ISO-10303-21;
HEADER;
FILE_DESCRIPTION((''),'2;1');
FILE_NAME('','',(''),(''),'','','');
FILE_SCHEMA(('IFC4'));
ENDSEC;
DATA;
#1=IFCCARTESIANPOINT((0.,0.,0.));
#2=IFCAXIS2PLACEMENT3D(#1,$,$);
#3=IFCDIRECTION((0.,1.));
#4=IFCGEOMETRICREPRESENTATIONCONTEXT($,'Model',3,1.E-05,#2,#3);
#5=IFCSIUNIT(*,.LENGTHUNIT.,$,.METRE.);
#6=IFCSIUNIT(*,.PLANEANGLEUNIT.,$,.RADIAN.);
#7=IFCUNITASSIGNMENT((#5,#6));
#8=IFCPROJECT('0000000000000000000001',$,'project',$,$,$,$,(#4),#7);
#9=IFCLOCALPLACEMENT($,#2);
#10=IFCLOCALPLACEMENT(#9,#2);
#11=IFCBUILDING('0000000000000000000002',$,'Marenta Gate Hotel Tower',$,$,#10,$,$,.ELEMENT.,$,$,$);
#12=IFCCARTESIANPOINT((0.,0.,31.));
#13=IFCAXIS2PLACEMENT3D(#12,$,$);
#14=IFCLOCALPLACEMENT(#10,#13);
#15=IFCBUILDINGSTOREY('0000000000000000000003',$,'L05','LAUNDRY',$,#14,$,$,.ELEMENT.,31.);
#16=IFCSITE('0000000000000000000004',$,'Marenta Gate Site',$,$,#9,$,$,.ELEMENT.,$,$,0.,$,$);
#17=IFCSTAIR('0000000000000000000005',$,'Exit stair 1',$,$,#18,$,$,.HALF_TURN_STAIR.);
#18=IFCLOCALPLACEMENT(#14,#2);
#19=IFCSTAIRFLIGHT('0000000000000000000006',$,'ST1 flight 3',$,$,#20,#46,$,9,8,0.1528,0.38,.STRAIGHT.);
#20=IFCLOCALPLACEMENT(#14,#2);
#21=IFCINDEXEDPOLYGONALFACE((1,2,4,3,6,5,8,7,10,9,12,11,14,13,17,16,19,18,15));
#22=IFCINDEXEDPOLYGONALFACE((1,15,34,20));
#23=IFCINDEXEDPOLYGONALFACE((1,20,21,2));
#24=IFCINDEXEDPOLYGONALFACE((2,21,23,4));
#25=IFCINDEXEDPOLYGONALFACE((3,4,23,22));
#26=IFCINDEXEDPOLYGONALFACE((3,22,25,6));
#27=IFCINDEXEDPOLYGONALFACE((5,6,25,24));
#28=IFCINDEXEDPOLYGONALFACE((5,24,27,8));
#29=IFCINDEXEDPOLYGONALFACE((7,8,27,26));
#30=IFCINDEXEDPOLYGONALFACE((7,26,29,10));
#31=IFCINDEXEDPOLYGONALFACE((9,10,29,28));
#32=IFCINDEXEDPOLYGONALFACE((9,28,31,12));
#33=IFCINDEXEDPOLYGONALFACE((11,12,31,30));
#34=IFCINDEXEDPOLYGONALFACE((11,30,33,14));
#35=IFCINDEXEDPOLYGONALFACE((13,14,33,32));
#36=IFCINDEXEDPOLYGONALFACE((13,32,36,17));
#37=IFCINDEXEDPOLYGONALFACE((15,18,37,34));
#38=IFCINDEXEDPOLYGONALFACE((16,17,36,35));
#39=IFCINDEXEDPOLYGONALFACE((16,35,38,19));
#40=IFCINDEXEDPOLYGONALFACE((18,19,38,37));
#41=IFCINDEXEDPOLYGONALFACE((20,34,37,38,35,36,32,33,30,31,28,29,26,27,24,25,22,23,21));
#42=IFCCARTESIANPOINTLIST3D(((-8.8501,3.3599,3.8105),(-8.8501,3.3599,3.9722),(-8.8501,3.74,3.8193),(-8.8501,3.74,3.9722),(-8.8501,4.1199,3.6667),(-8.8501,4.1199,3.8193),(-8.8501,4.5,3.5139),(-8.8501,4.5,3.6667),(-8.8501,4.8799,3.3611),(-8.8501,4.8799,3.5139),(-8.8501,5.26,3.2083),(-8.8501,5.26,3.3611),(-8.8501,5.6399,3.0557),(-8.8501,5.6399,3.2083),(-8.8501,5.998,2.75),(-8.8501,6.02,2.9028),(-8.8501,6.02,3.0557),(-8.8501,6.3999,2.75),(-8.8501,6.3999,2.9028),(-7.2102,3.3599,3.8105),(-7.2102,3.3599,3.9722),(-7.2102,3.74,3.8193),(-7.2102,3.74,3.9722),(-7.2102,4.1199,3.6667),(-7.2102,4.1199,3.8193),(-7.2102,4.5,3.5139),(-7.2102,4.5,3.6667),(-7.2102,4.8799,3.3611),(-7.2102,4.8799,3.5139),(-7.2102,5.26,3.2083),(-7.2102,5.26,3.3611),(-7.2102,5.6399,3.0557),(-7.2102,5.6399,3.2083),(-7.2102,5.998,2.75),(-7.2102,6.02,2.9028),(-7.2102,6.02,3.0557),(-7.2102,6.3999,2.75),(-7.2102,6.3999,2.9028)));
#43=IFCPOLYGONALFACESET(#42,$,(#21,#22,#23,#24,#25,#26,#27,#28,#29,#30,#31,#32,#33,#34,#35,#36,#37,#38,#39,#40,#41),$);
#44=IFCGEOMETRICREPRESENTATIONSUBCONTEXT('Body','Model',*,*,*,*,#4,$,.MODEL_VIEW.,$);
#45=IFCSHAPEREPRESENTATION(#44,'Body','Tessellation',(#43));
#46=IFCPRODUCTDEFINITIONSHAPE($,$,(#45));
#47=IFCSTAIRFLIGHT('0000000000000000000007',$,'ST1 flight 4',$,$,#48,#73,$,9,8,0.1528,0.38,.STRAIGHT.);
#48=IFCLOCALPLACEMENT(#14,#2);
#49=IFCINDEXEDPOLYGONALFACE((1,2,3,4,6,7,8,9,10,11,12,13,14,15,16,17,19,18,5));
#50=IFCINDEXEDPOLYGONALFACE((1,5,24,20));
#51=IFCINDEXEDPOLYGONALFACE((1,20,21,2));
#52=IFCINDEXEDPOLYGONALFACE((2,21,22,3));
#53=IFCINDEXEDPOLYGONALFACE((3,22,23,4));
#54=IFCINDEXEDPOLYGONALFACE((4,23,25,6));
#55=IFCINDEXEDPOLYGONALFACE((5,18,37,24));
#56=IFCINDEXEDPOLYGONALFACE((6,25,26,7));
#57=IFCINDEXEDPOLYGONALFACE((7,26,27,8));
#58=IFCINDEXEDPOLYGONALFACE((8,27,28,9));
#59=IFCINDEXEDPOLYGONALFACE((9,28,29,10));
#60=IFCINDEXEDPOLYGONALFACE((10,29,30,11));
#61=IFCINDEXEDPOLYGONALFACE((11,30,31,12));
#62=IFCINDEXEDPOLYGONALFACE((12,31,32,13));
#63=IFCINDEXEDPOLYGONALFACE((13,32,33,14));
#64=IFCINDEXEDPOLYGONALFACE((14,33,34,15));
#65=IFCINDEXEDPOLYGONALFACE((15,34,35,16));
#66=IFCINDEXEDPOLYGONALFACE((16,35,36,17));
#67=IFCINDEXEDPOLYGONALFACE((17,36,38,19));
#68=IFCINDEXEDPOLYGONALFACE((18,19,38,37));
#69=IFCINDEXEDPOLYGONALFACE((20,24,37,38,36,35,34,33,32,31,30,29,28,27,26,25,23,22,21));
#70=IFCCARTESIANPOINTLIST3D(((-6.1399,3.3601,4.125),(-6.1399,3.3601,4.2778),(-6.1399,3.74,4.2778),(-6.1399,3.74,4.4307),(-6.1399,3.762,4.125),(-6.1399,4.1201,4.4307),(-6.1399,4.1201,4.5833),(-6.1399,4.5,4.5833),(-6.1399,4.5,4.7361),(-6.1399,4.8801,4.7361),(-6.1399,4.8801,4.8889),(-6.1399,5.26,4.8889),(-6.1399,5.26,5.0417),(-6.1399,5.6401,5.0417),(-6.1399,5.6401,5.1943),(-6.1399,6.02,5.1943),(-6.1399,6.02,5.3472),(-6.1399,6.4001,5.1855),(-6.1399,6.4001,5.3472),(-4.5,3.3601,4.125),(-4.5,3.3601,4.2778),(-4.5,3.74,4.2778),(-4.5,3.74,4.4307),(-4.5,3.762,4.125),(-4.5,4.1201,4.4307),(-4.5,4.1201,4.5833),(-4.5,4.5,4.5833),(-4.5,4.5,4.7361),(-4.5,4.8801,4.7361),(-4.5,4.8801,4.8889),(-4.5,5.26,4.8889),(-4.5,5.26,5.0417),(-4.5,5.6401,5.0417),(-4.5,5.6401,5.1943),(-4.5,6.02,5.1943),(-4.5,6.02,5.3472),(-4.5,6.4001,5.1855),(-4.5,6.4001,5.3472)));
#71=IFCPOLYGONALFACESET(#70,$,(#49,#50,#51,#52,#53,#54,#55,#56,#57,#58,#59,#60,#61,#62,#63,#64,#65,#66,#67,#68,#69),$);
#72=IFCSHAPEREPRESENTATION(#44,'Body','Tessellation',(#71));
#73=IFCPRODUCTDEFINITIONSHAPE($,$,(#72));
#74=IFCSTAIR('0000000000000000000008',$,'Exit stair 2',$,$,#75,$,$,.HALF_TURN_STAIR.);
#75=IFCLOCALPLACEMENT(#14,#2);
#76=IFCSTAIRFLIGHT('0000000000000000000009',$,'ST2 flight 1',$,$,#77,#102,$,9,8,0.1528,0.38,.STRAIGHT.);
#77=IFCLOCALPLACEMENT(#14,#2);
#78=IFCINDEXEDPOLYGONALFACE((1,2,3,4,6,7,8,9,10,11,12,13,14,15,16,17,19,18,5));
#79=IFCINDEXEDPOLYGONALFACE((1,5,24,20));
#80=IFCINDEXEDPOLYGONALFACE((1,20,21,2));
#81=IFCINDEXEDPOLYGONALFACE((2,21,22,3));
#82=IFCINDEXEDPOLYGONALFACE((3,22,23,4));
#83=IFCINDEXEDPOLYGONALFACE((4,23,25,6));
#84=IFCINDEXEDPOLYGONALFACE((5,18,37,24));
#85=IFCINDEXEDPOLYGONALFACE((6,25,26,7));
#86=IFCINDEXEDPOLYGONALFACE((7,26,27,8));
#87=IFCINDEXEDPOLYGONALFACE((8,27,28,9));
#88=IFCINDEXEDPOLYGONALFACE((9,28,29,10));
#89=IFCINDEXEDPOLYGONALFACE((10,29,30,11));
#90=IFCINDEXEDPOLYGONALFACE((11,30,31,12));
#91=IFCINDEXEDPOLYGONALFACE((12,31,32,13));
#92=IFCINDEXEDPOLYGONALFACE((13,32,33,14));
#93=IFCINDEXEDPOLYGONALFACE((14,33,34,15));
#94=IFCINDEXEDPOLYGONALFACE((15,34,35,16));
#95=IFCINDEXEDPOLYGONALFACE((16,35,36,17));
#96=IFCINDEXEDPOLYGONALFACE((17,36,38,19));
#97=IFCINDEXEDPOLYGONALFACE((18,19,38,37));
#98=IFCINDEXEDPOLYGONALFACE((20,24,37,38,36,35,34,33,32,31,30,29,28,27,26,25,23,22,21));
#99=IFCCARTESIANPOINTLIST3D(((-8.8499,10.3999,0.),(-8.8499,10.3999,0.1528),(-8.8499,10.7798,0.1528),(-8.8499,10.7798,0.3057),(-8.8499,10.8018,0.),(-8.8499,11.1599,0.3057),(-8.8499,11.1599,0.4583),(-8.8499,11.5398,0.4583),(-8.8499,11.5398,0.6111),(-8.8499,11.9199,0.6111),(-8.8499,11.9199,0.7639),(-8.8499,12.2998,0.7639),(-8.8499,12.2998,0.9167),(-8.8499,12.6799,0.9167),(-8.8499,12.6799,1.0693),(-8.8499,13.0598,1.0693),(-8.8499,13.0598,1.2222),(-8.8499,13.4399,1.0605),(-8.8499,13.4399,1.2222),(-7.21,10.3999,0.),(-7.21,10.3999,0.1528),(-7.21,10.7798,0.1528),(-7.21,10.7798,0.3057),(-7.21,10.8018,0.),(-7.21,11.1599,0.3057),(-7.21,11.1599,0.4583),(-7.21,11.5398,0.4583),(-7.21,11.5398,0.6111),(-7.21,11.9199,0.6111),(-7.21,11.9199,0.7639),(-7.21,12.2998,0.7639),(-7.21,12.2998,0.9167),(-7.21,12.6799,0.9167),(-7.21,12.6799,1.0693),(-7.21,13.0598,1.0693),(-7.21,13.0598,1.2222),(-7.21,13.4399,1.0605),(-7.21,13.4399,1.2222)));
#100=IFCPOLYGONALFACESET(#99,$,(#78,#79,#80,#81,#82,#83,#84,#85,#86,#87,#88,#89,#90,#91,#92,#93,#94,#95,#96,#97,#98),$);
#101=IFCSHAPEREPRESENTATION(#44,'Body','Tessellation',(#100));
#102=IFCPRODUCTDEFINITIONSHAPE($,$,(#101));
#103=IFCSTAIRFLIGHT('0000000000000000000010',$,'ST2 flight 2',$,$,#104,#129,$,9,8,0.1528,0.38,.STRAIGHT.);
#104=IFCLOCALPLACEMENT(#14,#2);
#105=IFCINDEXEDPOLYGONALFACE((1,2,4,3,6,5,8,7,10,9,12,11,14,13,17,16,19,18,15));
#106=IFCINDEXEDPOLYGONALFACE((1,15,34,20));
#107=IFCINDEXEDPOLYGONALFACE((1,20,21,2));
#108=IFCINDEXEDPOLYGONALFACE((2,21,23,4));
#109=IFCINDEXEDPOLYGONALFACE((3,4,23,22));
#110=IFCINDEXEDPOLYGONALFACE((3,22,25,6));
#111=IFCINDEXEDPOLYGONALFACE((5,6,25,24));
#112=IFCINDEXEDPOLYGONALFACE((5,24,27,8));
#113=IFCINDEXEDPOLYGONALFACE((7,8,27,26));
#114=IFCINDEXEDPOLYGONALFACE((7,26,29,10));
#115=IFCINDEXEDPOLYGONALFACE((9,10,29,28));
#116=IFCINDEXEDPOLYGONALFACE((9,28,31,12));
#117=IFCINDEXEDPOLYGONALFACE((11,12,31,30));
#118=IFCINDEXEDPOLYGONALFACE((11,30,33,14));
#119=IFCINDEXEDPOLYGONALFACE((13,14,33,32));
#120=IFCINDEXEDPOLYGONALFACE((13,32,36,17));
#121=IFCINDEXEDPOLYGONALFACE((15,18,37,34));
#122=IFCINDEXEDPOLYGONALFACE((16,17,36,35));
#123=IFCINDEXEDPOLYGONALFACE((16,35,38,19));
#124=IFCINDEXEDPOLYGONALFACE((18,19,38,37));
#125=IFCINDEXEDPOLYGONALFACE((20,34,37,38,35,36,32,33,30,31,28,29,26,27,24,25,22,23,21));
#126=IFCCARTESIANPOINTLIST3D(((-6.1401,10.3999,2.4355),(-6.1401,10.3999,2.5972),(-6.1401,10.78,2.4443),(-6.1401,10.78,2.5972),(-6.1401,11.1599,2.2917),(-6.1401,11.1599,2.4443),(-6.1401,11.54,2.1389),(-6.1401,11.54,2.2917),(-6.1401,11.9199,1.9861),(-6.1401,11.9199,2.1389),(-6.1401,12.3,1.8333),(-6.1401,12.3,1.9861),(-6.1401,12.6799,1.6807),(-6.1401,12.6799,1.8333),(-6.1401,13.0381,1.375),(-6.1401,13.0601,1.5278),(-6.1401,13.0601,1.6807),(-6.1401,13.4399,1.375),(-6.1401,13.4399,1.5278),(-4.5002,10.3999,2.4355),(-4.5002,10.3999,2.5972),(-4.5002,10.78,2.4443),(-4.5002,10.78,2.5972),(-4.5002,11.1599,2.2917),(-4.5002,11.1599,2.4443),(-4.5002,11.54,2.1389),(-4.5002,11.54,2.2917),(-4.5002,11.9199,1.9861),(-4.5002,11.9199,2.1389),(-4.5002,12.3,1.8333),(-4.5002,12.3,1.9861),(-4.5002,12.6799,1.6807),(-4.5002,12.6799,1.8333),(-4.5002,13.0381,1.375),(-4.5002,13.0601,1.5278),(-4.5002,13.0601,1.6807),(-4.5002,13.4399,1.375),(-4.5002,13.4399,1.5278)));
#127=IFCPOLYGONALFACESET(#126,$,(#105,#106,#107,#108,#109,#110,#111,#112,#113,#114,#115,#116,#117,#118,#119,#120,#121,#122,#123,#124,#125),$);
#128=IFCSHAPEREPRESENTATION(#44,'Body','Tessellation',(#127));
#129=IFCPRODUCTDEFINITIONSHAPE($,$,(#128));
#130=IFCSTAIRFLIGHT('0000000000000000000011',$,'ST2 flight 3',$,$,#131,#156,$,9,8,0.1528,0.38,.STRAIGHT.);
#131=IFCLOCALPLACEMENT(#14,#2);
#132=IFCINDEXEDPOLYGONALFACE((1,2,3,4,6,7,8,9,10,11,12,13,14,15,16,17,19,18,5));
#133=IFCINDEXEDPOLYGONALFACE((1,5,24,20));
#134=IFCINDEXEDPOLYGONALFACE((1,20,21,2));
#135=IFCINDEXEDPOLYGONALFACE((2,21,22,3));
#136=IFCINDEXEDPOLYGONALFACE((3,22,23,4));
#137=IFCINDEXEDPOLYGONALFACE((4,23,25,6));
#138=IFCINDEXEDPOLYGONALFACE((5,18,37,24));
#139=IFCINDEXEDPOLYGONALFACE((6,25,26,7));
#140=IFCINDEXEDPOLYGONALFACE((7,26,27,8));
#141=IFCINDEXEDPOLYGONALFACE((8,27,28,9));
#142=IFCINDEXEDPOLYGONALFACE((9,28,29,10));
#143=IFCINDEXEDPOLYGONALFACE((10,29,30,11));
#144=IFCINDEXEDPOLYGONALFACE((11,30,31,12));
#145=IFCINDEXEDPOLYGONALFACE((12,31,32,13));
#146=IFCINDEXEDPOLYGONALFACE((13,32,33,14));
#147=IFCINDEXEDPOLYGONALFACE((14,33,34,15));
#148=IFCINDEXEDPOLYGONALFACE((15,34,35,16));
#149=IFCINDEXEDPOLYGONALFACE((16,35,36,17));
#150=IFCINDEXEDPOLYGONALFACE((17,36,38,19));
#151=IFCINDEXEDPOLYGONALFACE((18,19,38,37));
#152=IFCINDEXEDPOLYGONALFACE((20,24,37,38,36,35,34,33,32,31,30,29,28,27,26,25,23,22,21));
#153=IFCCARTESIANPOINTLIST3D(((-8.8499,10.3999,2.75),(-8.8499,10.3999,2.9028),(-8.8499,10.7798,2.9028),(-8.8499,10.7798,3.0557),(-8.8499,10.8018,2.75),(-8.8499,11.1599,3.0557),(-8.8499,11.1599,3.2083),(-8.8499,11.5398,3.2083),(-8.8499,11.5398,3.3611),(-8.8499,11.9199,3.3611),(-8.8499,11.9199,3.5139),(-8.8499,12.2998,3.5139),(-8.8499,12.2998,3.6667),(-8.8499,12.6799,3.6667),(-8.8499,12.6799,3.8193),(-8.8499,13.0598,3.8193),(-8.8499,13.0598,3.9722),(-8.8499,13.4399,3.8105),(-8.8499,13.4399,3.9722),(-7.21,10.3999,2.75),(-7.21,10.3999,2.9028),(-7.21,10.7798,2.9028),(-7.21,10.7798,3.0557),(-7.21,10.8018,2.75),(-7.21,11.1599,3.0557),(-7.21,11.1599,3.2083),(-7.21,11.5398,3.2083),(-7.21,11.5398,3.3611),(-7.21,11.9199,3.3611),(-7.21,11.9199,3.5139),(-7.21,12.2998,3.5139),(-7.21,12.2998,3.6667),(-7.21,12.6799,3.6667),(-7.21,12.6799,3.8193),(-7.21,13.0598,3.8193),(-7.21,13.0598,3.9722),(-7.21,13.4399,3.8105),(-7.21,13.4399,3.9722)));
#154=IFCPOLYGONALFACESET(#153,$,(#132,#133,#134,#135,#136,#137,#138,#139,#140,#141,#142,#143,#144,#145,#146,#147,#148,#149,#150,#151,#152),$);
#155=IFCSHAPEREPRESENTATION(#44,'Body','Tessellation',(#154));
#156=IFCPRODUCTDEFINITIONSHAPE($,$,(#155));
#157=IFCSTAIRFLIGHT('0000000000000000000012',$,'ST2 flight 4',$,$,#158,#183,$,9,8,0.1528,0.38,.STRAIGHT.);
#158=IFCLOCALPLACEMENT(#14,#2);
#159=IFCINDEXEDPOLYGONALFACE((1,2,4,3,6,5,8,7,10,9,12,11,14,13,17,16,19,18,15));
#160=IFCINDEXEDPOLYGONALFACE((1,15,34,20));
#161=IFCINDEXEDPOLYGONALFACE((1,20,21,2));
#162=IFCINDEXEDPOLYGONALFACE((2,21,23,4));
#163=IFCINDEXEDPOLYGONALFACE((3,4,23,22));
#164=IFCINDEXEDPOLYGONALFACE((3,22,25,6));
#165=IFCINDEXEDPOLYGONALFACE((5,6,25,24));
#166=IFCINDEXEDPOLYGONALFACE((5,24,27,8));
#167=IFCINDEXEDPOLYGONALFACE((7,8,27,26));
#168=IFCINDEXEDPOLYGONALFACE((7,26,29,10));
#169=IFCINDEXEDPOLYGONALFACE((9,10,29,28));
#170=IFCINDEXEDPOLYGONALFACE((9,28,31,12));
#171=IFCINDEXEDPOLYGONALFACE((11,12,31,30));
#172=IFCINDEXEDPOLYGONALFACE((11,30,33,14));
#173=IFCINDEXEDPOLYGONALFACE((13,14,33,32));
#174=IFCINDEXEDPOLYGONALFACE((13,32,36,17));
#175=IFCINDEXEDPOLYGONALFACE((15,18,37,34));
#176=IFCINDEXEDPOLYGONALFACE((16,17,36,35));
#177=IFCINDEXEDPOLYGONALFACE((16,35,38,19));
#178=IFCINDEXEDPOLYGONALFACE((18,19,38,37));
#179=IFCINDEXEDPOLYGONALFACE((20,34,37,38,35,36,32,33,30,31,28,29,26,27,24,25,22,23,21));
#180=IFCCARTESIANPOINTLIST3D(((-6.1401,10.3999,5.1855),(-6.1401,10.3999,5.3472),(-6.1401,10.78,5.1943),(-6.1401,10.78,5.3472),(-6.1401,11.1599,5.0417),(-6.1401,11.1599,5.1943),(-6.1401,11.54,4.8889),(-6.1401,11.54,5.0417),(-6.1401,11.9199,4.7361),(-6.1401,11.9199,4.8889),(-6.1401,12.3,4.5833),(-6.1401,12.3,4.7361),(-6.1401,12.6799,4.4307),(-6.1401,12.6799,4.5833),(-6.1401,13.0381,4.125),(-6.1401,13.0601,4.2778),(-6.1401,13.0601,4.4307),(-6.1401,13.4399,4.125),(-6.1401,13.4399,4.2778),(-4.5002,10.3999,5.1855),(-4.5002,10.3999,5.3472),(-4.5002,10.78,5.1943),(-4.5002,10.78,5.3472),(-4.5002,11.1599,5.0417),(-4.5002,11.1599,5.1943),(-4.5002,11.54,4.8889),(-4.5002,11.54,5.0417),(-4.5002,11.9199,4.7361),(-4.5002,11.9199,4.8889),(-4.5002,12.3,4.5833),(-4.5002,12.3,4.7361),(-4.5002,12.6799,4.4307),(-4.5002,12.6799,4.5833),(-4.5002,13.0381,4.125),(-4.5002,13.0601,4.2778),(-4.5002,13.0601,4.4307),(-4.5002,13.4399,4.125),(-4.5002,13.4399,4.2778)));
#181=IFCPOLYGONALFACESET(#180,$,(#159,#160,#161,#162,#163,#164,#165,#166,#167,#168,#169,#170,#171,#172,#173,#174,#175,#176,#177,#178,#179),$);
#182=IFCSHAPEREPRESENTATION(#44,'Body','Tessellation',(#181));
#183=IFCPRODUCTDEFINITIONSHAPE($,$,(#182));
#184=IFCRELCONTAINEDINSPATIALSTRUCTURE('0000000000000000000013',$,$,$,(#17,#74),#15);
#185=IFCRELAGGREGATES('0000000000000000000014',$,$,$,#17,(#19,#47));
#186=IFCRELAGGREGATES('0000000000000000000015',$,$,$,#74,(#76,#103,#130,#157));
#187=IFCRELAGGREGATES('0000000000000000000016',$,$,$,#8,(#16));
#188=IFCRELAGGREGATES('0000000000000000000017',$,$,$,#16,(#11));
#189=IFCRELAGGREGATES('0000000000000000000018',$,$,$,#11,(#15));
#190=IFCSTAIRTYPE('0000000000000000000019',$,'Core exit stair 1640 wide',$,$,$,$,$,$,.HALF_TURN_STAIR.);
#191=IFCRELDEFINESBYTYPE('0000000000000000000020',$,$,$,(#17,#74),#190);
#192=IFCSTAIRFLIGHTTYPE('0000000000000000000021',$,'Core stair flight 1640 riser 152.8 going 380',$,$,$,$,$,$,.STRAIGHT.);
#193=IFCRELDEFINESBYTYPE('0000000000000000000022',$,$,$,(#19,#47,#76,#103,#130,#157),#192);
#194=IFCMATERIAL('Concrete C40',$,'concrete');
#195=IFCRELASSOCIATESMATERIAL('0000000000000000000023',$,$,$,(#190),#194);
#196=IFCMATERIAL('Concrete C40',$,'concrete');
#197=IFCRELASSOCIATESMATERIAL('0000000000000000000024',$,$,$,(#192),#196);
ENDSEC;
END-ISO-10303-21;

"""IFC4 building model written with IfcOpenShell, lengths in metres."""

from ifc_helpers import new_model, si_unit, direction, frame, origin, place, context, subcontext, project, spatial, polyline, outline, extrude, material, type_object, element, aggregate, save


model = new_model("IFC4")

# Units and contexts
model_context = context("Model", 3, precision=1e-05, world=origin(), true_north=direction((0.0, 1.0)))
body_context = subcontext(model_context, "Body", "Model", "MODEL_VIEW")
ifc_project = project(units=[si_unit("LENGTHUNIT", "METRE"), si_unit("PLANEANGLEUNIT", "RADIAN")], contexts=[model_context])

# Site, building, storey
site_placement = place(None, origin())
site = spatial("IfcSite", under=ifc_project, at=site_placement, Name="Marenta Gate Site", CompositionType="ELEMENT", RefElevation=0.0)
building_placement = place(site_placement, origin())
building = spatial("IfcBuilding", under=site, at=building_placement, Name="Marenta Gate Hotel Tower", CompositionType="ELEMENT")
storey_placement = place(building_placement, frame((0.0, 0.0, 31.0)))
storey = spatial("IfcBuildingStorey", under=building, at=storey_placement, Name="L05", Description="LAUNDRY", CompositionType="ELEMENT", Elevation=31.0)

# Stairs, stair flights
ifc_material_1 = material(Name="Concrete C40", Category="concrete")
stair_type = type_object("IfcStairType", Name="Core exit stair 1640 wide", PredefinedType="HALF_TURN_STAIR", material=ifc_material_1)
stair_1_placement = place(storey_placement, origin())
stair_1 = element("IfcStair", 1, at=stair_1_placement, inside=storey, type_object=stair_type, Name="Exit stair 1", PredefinedType="HALF_TURN_STAIR")
ifc_material_2 = material(Name="Concrete C40", Category="concrete")
stair_flight_type = type_object("IfcStairFlightType", Name="Core stair flight 1640 riser 152.8 going 380", PredefinedType="STRAIGHT", material=ifc_material_2)
stair_flight_1_placement = place(storey_placement, frame((-8.03, 6.3999, 2.75), z_axis=(0.0, 0.0, 1.0), x_axis=(0.0, -1.0, 0.0)))
stair_flight_1 = element("IfcStairFlight", 2, at=stair_flight_1_placement, type_object=stair_flight_type, Name="ST1 flight 3", NumberOfRisers=9, NumberOfTreads=8, PredefinedType="STRAIGHT", RiserHeight=0.1528, TreadLength=0.38, context=body_context, shape_type="SweptSolid", body=[
    extrude(outline(polyline([(0.0, 0.0), (0.0, 0.1528), (0.3799, 0.1528), (0.3799, 0.3057), (0.76, 0.3057), (0.76, 0.4583), (1.1399, 0.4583), (1.1399, 0.6111), (1.52, 0.6111), (1.52, 0.7639), (1.8999, 0.7639), (1.8999, 0.9167), (2.28, 0.9167), (2.28, 1.0693), (2.6599, 1.0693), (2.6599, 1.2222), (3.04, 1.2222), (3.04, 1.375), (3.04, 1.0605), (0.4019, 0.0), (0.0, 0.0)])), frame((0.0, 0.8198, 0.0), z_axis=(0.0, -1.0, 0.0), x_axis=(1.0, 0.0, 0.0)), (0.0, 0.0, 1.0), 1.6399),
])
stair_flight_2_placement = place(storey_placement, frame((-5.3201, 3.3601, 4.125), z_axis=(0.0, 0.0, 1.0), x_axis=(0.0, 1.0, 0.0)))
stair_flight_2 = element("IfcStairFlight", 3, at=stair_flight_2_placement, type_object=stair_flight_type, Name="ST1 flight 4", NumberOfRisers=9, NumberOfTreads=8, PredefinedType="STRAIGHT", RiserHeight=0.1528, TreadLength=0.38, context=body_context, shape_type="SweptSolid", body=[
    extrude(outline(polyline([(0.0, 0.0), (0.0, 0.1528), (0.3799, 0.1528), (0.3799, 0.3057), (0.76, 0.3057), (0.76, 0.4583), (1.1399, 0.4583), (1.1399, 0.6111), (1.52, 0.6111), (1.52, 0.7639), (1.8999, 0.7639), (1.8999, 0.9167), (2.28, 0.9167), (2.28, 1.0693), (2.6599, 1.0693), (2.6599, 1.2222), (3.04, 1.2222), (3.04, 1.375), (3.04, 1.0605), (0.4019, 0.0), (0.0, 0.0)])), frame((0.0, 0.8198, 0.0), z_axis=(0.0, -1.0, 0.0), x_axis=(1.0, 0.0, 0.0)), (0.0, 0.0, 1.0), 1.6399),
])
aggregate(stair_1, [stair_flight_1, stair_flight_2])
stair_2_placement = place(storey_placement, origin())
stair_2 = element("IfcStair", 4, at=stair_2_placement, inside=storey, type_object=stair_type, Name="Exit stair 2", PredefinedType="HALF_TURN_STAIR")
stair_flight_3_placement = place(storey_placement, frame((-8.03, 10.3999, 0.0), z_axis=(0.0, 0.0, 1.0), x_axis=(0.0, 1.0, 0.0)))
stair_flight_3 = element("IfcStairFlight", 5, at=stair_flight_3_placement, type_object=stair_flight_type, Name="ST2 flight 1", NumberOfRisers=9, NumberOfTreads=8, PredefinedType="STRAIGHT", RiserHeight=0.1528, TreadLength=0.38, context=body_context, shape_type="SweptSolid", body=[
    extrude(outline(polyline([(0.0, 0.0), (0.0, 0.1528), (0.3799, 0.1528), (0.3799, 0.3057), (0.76, 0.3057), (0.76, 0.4583), (1.1399, 0.4583), (1.1399, 0.6111), (1.52, 0.6111), (1.52, 0.7639), (1.8999, 0.7639), (1.8999, 0.9167), (2.28, 0.9167), (2.28, 1.0693), (2.6599, 1.0693), (2.6599, 1.2222), (3.04, 1.2222), (3.04, 1.375), (3.04, 1.0605), (0.4019, 0.0), (0.0, 0.0)])), frame((0.0, 0.8198, 0.0), z_axis=(0.0, -1.0, 0.0), x_axis=(1.0, 0.0, 0.0)), (0.0, 0.0, 1.0), 1.6399),
])
stair_flight_4_placement = place(storey_placement, frame((-5.3201, 13.4399, 1.375), z_axis=(0.0, 0.0, 1.0), x_axis=(0.0, -1.0, 0.0)))
stair_flight_4 = element("IfcStairFlight", 6, at=stair_flight_4_placement, type_object=stair_flight_type, Name="ST2 flight 2", NumberOfRisers=9, NumberOfTreads=8, PredefinedType="STRAIGHT", RiserHeight=0.1528, TreadLength=0.38, context=body_context, shape_type="SweptSolid", body=[
    extrude(outline(polyline([(0.0, 0.0), (0.0, 0.1528), (0.3799, 0.1528), (0.3799, 0.3057), (0.76, 0.3057), (0.76, 0.4583), (1.1399, 0.4583), (1.1399, 0.6111), (1.52, 0.6111), (1.52, 0.7639), (1.8999, 0.7639), (1.8999, 0.9167), (2.28, 0.9167), (2.28, 1.0693), (2.6599, 1.0693), (2.6599, 1.2222), (3.04, 1.2222), (3.04, 1.375), (3.04, 1.0605), (0.4019, 0.0), (0.0, 0.0)])), frame((0.0, 0.8198, 0.0), z_axis=(0.0, -1.0, 0.0), x_axis=(1.0, 0.0, 0.0)), (0.0, 0.0, 1.0), 1.6399),
])
stair_flight_5_placement = place(storey_placement, frame((-8.03, 10.3999, 2.75), z_axis=(0.0, 0.0, 1.0), x_axis=(0.0, 1.0, 0.0)))
stair_flight_5 = element("IfcStairFlight", 7, at=stair_flight_5_placement, type_object=stair_flight_type, Name="ST2 flight 3", NumberOfRisers=9, NumberOfTreads=8, PredefinedType="STRAIGHT", RiserHeight=0.1528, TreadLength=0.38, context=body_context, shape_type="SweptSolid", body=[
    extrude(outline(polyline([(0.0, 0.0), (0.0, 0.1528), (0.3799, 0.1528), (0.3799, 0.3057), (0.76, 0.3057), (0.76, 0.4583), (1.1399, 0.4583), (1.1399, 0.6111), (1.52, 0.6111), (1.52, 0.7639), (1.8999, 0.7639), (1.8999, 0.9167), (2.28, 0.9167), (2.28, 1.0693), (2.6599, 1.0693), (2.6599, 1.2222), (3.04, 1.2222), (3.04, 1.375), (3.04, 1.0605), (0.4019, 0.0), (0.0, 0.0)])), frame((0.0, 0.8198, 0.0), z_axis=(0.0, -1.0, 0.0), x_axis=(1.0, 0.0, 0.0)), (0.0, 0.0, 1.0), 1.6399),
])
stair_flight_6_placement = place(storey_placement, frame((-5.3201, 13.4399, 4.125), z_axis=(0.0, 0.0, 1.0), x_axis=(0.0, -1.0, 0.0)))
stair_flight_6 = element("IfcStairFlight", 8, at=stair_flight_6_placement, type_object=stair_flight_type, Name="ST2 flight 4", NumberOfRisers=9, NumberOfTreads=8, PredefinedType="STRAIGHT", RiserHeight=0.1528, TreadLength=0.38, context=body_context, shape_type="SweptSolid", body=[
    extrude(outline(polyline([(0.0, 0.0), (0.0, 0.1528), (0.3799, 0.1528), (0.3799, 0.3057), (0.76, 0.3057), (0.76, 0.4583), (1.1399, 0.4583), (1.1399, 0.6111), (1.52, 0.6111), (1.52, 0.7639), (1.8999, 0.7639), (1.8999, 0.9167), (2.28, 0.9167), (2.28, 1.0693), (2.6599, 1.0693), (2.6599, 1.2222), (3.04, 1.2222), (3.04, 1.375), (3.04, 1.0605), (0.4019, 0.0), (0.0, 0.0)])), frame((0.0, 0.8198, 0.0), z_axis=(0.0, -1.0, 0.0), x_axis=(1.0, 0.0, 0.0)), (0.0, 0.0, 1.0), 1.6399),
])
aggregate(stair_2, [stair_flight_3, stair_flight_4, stair_flight_5, stair_flight_6])

save(model, "model.ifc")
